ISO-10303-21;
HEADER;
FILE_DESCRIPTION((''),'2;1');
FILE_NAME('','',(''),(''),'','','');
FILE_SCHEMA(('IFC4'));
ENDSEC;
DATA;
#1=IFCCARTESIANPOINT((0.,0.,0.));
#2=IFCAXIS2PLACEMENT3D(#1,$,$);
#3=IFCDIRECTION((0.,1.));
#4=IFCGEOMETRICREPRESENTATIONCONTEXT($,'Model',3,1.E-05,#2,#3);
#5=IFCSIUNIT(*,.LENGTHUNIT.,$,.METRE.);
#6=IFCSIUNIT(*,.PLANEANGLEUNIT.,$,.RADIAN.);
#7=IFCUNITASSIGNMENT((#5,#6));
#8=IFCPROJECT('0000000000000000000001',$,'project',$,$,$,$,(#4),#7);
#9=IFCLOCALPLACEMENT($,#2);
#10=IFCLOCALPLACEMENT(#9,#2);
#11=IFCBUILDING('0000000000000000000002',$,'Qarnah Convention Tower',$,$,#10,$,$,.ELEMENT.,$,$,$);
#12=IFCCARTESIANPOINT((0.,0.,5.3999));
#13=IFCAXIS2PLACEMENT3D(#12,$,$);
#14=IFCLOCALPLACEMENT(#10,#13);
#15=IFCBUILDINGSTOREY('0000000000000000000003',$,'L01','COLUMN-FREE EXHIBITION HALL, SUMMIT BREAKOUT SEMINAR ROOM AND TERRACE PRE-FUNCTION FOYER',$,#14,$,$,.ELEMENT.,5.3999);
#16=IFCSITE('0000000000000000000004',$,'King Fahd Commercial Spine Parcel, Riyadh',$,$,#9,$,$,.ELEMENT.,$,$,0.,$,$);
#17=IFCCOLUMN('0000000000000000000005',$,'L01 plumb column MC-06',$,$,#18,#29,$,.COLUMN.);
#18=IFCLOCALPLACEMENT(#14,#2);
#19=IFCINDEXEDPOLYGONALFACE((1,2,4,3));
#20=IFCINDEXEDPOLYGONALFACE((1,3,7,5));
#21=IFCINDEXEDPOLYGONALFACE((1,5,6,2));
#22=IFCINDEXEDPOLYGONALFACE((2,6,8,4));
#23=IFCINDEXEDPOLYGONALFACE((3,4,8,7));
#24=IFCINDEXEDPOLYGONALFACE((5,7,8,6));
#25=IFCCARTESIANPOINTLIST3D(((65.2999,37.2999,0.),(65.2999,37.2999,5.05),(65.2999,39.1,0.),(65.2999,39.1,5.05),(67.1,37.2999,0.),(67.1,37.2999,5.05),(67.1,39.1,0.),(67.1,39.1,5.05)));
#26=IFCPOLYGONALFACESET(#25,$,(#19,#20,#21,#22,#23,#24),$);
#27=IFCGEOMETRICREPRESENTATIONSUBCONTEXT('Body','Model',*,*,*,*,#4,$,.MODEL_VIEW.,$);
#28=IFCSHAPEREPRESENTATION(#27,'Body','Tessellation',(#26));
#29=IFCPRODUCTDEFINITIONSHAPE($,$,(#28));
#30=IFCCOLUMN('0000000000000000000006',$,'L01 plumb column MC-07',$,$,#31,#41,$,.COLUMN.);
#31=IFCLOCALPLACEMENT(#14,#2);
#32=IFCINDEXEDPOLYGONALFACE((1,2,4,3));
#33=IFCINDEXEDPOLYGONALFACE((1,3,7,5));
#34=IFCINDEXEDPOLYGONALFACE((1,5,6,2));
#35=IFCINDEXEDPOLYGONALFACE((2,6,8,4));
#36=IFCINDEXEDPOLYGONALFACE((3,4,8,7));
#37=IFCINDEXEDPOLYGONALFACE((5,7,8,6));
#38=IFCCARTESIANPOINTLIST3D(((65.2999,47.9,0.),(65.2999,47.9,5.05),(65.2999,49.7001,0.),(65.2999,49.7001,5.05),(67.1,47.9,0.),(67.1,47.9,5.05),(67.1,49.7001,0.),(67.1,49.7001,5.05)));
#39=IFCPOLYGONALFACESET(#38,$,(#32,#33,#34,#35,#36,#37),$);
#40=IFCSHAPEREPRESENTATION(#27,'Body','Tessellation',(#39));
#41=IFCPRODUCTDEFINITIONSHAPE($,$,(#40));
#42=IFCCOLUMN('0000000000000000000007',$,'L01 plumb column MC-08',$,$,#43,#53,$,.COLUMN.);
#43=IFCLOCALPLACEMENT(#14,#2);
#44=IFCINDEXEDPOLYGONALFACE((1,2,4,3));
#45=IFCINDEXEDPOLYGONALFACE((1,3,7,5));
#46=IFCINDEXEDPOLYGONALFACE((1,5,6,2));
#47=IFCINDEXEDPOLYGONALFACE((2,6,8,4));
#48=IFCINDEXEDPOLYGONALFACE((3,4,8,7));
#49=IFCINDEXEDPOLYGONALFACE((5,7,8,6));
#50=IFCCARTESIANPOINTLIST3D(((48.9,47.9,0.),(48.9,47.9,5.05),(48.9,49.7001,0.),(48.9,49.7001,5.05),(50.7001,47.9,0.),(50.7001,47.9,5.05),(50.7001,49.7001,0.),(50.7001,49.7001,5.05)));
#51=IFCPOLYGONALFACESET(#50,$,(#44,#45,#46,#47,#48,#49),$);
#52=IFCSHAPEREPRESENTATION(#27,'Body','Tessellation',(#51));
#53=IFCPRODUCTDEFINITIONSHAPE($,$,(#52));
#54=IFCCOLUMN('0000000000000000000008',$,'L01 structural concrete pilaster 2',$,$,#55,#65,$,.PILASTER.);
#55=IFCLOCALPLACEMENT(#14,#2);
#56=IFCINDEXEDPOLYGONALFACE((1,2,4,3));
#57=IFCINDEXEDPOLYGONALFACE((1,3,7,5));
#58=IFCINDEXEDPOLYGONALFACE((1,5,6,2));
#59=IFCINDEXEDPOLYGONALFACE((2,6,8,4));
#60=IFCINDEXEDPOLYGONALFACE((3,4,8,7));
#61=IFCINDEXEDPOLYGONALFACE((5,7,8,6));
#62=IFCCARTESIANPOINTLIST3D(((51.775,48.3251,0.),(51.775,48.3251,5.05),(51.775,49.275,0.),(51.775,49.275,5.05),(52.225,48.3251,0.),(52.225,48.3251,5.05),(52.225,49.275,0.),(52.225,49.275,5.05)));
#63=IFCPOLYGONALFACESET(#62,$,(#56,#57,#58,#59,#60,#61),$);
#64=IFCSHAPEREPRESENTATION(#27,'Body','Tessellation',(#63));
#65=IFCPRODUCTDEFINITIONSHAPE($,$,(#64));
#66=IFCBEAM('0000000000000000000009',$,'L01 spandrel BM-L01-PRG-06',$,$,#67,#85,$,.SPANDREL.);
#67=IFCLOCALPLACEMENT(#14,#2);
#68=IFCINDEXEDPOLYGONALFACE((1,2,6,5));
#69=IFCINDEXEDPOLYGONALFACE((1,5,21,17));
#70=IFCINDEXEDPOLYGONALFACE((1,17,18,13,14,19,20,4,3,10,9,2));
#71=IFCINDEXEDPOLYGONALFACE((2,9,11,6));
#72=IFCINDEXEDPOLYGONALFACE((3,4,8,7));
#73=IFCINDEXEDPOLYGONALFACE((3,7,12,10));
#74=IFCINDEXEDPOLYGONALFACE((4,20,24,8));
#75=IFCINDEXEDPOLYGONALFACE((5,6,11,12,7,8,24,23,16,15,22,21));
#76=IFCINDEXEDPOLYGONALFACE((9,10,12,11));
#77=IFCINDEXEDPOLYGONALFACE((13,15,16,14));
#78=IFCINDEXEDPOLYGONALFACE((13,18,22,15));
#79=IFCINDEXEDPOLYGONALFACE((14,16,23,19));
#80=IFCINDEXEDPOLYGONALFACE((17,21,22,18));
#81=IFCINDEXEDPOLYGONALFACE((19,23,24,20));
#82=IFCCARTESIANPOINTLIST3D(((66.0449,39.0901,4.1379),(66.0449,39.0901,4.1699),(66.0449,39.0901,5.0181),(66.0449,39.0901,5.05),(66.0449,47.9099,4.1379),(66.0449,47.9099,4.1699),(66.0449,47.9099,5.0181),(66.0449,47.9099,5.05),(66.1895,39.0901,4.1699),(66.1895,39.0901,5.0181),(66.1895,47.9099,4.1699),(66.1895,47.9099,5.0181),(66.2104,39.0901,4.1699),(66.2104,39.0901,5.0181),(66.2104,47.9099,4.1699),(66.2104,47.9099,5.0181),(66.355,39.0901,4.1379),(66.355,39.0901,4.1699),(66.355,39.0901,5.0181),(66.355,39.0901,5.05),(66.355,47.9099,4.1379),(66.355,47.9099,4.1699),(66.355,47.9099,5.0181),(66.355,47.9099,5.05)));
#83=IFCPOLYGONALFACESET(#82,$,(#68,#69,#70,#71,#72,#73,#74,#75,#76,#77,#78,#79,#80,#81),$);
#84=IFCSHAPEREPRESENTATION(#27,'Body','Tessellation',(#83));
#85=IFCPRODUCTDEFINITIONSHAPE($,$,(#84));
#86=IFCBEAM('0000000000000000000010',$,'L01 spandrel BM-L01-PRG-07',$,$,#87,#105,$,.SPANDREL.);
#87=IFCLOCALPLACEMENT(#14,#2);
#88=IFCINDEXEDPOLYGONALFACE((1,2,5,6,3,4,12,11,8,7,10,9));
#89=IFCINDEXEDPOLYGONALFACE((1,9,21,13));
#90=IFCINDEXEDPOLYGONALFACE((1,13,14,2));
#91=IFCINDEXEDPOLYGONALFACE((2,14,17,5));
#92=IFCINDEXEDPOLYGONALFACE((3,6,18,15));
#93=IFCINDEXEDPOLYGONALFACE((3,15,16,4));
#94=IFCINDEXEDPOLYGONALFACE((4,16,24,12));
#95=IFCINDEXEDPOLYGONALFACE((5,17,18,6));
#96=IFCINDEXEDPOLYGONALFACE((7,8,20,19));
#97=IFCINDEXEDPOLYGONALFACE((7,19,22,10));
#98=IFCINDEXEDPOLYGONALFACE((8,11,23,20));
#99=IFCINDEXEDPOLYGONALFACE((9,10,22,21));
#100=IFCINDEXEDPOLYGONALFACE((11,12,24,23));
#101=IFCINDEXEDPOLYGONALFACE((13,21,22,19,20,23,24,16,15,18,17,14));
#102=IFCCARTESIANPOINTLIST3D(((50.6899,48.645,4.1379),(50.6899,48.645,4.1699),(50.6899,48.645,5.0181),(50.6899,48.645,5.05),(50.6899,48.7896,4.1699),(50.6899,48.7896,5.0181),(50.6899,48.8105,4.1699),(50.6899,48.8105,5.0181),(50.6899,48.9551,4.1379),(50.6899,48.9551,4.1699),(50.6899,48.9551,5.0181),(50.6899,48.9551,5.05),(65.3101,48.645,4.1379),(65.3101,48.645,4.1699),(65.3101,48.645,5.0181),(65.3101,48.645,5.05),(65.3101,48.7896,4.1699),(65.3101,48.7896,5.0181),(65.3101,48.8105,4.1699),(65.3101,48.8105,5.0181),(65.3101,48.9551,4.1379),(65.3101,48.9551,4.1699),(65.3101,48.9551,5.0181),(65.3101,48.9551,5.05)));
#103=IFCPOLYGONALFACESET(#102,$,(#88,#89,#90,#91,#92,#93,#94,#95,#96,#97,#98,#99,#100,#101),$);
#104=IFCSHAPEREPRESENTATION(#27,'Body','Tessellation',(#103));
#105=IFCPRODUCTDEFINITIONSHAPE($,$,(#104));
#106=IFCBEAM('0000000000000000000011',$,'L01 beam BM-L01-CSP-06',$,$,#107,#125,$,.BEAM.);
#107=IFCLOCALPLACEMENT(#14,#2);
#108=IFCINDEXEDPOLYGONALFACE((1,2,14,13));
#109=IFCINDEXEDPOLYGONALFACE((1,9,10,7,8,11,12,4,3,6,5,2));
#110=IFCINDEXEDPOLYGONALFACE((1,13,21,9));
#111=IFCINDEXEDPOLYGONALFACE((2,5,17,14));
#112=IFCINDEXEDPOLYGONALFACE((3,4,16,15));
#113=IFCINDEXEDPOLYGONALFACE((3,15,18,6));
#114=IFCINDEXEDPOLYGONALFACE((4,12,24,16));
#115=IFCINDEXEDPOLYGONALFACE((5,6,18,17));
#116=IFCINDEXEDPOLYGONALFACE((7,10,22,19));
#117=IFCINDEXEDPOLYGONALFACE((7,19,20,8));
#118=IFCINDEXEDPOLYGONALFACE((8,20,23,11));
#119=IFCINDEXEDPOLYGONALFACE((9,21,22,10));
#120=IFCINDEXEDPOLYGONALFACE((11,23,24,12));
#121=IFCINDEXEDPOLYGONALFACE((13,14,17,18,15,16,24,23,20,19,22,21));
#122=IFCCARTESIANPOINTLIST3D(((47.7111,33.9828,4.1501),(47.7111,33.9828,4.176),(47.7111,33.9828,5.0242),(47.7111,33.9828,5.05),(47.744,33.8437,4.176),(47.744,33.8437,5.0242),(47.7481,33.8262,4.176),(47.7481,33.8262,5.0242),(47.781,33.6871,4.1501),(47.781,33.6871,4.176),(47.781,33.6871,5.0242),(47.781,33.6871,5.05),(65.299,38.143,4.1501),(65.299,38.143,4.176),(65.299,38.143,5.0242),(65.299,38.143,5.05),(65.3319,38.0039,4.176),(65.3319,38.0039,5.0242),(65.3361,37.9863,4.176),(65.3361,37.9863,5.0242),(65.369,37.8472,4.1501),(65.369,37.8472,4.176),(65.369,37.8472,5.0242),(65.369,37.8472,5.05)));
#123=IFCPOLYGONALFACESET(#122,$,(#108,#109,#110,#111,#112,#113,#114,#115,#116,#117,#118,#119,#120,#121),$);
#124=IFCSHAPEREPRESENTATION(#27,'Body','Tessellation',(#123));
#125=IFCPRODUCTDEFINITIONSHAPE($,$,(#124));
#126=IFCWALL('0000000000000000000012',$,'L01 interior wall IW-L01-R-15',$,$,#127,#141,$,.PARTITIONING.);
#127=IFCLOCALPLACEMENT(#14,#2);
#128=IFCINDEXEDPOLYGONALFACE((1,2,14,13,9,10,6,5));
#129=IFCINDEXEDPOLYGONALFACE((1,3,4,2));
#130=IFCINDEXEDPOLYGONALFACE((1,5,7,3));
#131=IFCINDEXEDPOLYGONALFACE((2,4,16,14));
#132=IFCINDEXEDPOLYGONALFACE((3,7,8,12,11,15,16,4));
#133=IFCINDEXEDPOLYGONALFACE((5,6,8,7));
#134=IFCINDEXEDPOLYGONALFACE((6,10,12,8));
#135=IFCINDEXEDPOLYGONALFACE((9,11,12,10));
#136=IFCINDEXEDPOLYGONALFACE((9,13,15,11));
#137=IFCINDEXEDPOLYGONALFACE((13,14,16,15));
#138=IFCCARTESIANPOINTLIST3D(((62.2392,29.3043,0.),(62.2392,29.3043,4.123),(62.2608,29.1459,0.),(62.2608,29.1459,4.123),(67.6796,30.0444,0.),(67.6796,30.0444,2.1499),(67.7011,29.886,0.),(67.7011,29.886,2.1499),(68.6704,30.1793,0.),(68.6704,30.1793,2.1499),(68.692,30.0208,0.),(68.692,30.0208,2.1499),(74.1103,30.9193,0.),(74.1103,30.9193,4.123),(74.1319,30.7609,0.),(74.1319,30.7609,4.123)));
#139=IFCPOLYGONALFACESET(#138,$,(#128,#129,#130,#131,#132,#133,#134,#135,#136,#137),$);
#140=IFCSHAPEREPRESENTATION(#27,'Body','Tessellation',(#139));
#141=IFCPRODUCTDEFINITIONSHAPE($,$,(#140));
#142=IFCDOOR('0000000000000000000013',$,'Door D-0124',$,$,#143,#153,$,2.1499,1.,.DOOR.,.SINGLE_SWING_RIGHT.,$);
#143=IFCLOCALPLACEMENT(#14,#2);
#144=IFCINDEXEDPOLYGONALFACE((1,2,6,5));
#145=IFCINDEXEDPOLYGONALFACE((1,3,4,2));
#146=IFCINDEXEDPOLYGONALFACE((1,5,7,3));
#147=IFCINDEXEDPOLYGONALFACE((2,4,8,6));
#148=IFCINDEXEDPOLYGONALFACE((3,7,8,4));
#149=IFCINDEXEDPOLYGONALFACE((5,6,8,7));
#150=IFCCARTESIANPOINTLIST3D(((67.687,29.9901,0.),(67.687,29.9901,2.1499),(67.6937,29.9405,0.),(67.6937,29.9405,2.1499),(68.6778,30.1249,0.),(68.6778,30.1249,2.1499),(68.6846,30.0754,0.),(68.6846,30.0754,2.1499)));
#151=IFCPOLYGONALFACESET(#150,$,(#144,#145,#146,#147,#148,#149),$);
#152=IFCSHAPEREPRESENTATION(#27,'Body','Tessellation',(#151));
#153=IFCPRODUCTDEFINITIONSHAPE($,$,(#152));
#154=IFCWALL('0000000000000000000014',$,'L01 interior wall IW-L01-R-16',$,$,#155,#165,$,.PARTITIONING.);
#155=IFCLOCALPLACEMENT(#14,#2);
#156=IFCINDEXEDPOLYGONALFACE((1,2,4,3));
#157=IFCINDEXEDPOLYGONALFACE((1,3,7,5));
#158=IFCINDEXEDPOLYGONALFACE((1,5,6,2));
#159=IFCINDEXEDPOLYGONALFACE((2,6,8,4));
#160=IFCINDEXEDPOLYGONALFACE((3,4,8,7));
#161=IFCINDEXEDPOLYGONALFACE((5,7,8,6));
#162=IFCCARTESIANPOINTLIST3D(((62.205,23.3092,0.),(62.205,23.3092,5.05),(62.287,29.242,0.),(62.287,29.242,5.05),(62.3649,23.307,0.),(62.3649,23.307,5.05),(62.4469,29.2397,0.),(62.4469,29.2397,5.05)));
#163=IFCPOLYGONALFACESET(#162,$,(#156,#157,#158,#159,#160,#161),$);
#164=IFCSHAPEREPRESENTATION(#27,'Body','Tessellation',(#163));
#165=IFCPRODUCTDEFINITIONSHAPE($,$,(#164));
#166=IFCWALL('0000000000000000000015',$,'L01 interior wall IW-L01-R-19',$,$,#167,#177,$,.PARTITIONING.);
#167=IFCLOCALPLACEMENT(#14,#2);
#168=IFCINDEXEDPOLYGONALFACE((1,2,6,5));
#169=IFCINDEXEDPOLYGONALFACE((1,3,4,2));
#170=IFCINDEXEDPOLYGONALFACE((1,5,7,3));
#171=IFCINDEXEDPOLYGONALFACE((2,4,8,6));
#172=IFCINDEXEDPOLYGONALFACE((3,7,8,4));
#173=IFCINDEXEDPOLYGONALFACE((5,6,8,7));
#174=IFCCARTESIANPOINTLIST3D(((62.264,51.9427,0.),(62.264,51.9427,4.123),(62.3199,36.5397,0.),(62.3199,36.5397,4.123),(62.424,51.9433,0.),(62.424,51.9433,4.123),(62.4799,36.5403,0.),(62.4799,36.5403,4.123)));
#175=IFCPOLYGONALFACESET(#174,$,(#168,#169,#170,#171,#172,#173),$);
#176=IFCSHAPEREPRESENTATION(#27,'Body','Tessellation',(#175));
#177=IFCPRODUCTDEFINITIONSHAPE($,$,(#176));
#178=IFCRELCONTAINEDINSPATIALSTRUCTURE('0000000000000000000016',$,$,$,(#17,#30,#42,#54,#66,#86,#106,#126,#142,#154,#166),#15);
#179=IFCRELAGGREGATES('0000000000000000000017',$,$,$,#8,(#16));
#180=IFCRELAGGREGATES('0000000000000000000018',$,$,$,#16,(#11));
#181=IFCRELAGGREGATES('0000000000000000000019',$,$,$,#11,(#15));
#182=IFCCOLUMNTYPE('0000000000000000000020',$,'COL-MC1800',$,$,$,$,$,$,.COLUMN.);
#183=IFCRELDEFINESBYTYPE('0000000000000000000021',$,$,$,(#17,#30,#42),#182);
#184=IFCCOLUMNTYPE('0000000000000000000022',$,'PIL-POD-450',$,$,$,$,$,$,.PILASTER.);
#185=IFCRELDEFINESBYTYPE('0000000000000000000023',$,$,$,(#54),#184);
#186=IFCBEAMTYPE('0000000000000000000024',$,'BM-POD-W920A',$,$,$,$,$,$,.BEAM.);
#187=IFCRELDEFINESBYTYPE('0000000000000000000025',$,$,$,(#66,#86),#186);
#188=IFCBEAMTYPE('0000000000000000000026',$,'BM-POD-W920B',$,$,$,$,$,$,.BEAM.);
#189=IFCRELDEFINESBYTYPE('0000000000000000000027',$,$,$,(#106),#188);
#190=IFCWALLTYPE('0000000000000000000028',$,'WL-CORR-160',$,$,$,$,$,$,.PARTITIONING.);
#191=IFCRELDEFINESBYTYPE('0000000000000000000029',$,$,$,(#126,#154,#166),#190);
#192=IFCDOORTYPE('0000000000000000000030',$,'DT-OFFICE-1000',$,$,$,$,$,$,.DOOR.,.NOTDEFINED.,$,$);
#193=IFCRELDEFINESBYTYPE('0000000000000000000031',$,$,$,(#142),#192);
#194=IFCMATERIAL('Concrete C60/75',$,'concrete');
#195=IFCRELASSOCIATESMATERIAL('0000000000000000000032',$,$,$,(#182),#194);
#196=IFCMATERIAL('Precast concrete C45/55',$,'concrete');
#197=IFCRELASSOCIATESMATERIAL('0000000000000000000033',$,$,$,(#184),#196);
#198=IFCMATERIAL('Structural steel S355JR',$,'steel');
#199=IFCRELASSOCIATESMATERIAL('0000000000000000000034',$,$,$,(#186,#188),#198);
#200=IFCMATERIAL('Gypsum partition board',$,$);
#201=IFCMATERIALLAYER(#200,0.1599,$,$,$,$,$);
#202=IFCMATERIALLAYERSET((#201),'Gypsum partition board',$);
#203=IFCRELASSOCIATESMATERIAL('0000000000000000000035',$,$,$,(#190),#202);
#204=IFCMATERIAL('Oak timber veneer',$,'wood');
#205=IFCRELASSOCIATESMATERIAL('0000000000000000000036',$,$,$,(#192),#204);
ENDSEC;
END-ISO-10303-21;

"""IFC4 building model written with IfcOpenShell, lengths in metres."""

from ifc_helpers import new_model, si_unit, direction, frame, frame_2d, origin, origin_2d, place, context, subcontext, project, spatial, rectangle, i_section, extrude, material, layer, layer_set, material_profile, profile_set, type_object, element, fill, save


model = new_model("IFC4")

# Units and contexts
model_context = context("Model", 3, precision=1e-05, world=origin(), true_north=direction((0.0, 1.0)))
body_context = subcontext(model_context, "Body", "Model", "MODEL_VIEW")
ifc_project = project(units=[si_unit("LENGTHUNIT", "METRE"), si_unit("PLANEANGLEUNIT", "RADIAN")], contexts=[model_context])

# Site, building, storey
site_placement = place(None, origin())
site = spatial("IfcSite", under=ifc_project, at=site_placement, Name="King Fahd Commercial Spine Parcel, Riyadh", CompositionType="ELEMENT", RefElevation=0.0)
building_placement = place(site_placement, origin())
building = spatial("IfcBuilding", under=site, at=building_placement, Name="Qarnah Convention Tower", CompositionType="ELEMENT")
storey_placement = place(building_placement, frame((0.0, 0.0, 5.3999)))
storey = spatial("IfcBuildingStorey", under=building, at=storey_placement, Name="L01", Description="COLUMN-FREE EXHIBITION HALL, SUMMIT BREAKOUT SEMINAR ROOM AND TERRACE PRE-FUNCTION FOYER", CompositionType="ELEMENT", Elevation=5.3999)

# Columns
ifc_material_1 = material(Name="Concrete C60/75", Category="concrete")
ifc_material_profile_1 = material_profile(ifc_material_1, rectangle(XDim=1.8, YDim=1.8, at=origin_2d()), Name="RC-COL-1800X1800")
ifc_profile_set_1 = profile_set([ifc_material_profile_1], Name="Concrete C60/75")
column_type_1 = type_object("IfcColumnType", Name="COL-MC1800", PredefinedType="COLUMN", material=ifc_profile_set_1)
for number, where, z_axis, x_axis, name in (
    (1, (66.2, 38.2, 0.0), (0.0, 0.0, 1.0), (1.0, 0.0, 0.0), "L01 plumb column MC-06"),
    (2, (66.2, 48.8, 0.0), (0.0, 0.0, 1.0), (1.0, 0.0, 0.0), "L01 plumb column MC-07"),
    (3, (49.8, 48.8, 0.0), (0.0, 0.0, 1.0), (1.0, 0.0, 0.0), "L01 plumb column MC-08"),
):
    element("IfcColumn", number, at=place(storey_placement, frame(where, z_axis=z_axis, x_axis=x_axis)), inside=storey, type_object=column_type_1, Name=name, PredefinedType="COLUMN", context=body_context, shape_type="SweptSolid", body=[
        extrude(rectangle(XDim=1.8, YDim=1.8, at=origin_2d()), origin(), (0.0, 0.0, 1.0), 5.05),
    ])
ifc_material_2 = material(Name="Precast concrete C45/55", Category="concrete")
ifc_material_profile_2 = material_profile(ifc_material_2, rectangle(XDim=0.45, YDim=0.95, at=origin_2d()), Name="PC-RIB-450X950")
ifc_profile_set_2 = profile_set([ifc_material_profile_2], Name="Precast concrete C45/55")
column_type_2 = type_object("IfcColumnType", Name="PIL-POD-450", PredefinedType="PILASTER", material=ifc_profile_set_2)
column_placement = place(storey_placement, frame((52.0, 48.8, 0.0), z_axis=(0.0, 0.0, 1.0), x_axis=(1.0, 0.0, 0.0)))
element("IfcColumn", 4, at=column_placement, inside=storey, type_object=column_type_2, Name="L01 structural concrete pilaster 2", PredefinedType="PILASTER", context=body_context, shape_type="SweptSolid", body=[
    extrude(rectangle(XDim=0.45, YDim=0.95, at=origin_2d()), origin(), (0.0, 0.0, 1.0), 5.05),
])

# Beams
ifc_material_3 = material(Name="Structural steel S355JR", Category="steel")
ifc_material_profile_3 = material_profile(ifc_material_3, i_section(OverallWidth=0.3101, OverallDepth=0.9121, WebThickness=0.021, FlangeThickness=0.032, at=origin_2d()), Name="W920X342")
ifc_profile_set_3 = profile_set([ifc_material_profile_3], Name="Structural steel S355JR")
beam_type_1 = type_object("IfcBeamType", Name="BM-POD-W920A", PredefinedType="BEAM", material=ifc_profile_set_3)
beam_1_placement = place(storey_placement, frame((66.2, 39.0901, 4.594), z_axis=(0.0, 1.0, 0.0), x_axis=(-1.0, 0.0, 0.0)))
element("IfcBeam", 5, at=beam_1_placement, inside=storey, type_object=beam_type_1, Name="L01 spandrel BM-L01-PRG-06", PredefinedType="SPANDREL", context=body_context, shape_type="SweptSolid", body=[
    extrude(i_section(OverallWidth=0.3101, OverallDepth=0.9121, WebThickness=0.021, FlangeThickness=0.032, at=origin_2d()), origin(), (0.0, 0.0, 1.0), 8.8198),
])
beam_2_placement = place(storey_placement, frame((65.3101, 48.8, 4.594), z_axis=(-1.0, 0.0, 0.0), x_axis=(0.0, -1.0, 0.0)))
element("IfcBeam", 6, at=beam_2_placement, inside=storey, type_object=beam_type_1, Name="L01 spandrel BM-L01-PRG-07", PredefinedType="SPANDREL", context=body_context, shape_type="SweptSolid", body=[
    extrude(i_section(OverallWidth=0.3101, OverallDepth=0.9121, WebThickness=0.021, FlangeThickness=0.032, at=origin_2d()), origin(), (0.0, 0.0, 1.0), 14.6201),
])
ifc_material_profile_4 = material_profile(ifc_material_3, i_section(OverallWidth=0.304, OverallDepth=0.8999, WebThickness=0.0181, FlangeThickness=0.0259, at=origin_2d()), Name="W920X271")
ifc_profile_set_4 = profile_set([ifc_material_profile_4], Name="Structural steel S355JR")
beam_type_2 = type_object("IfcBeamType", Name="BM-POD-W920B", PredefinedType="BEAM", material=ifc_profile_set_4)
beam_3_placement = place(storey_placement, frame((65.334, 37.9951, 4.6001), z_axis=(-0.973147, -0.230184, 0.0), x_axis=(0.230184, -0.973147, 0.0)))
element("IfcBeam", 7, at=beam_3_placement, inside=storey, type_object=beam_type_2, Name="L01 beam BM-L01-CSP-06", PredefinedType="BEAM", context=body_context, shape_type="SweptSolid", body=[
    extrude(i_section(OverallWidth=0.304, OverallDepth=0.8999, WebThickness=0.0181, FlangeThickness=0.0259, at=origin_2d()), origin(), (0.0, 0.0, 1.0), 18.0732),
])

# Wall, opening, door
ifc_material_4 = material(Name="Gypsum partition board")
ifc_layer_1 = layer(ifc_material_4, 0.1599)
ifc_layer_set_1 = layer_set([ifc_layer_1], Name="Gypsum partition board")
wall_type_1 = type_object("IfcWallType", Name="WL-CORR-160", PredefinedType="PARTITIONING", material=ifc_layer_set_1)
wall_1_placement = place(storey_placement, frame((74.1211, 30.8401, 0.0), z_axis=(0.0, 0.0, 1.0), x_axis=(-0.990873, -0.134802, 0.0)))
wall_1 = element("IfcWall", 8, at=wall_1_placement, inside=storey, type_object=wall_type_1, Name="L01 interior wall IW-L01-R-15", PredefinedType="PARTITIONING", context=body_context, shape_type="SweptSolid", body=[
    extrude(rectangle(XDim=11.9805, YDim=0.1599, at=frame_2d((5.9902, 0.0))), origin(), (0.0, 0.0, 1.0), 4.123),
])
opening_1_placement = place(wall_1_placement, frame((5.49, 0.0, 0.0)))
opening_1 = element("IfcOpeningElement", 9, at=opening_1_placement, cuts=wall_1, PredefinedType="OPENING", context=body_context, shape_type="SweptSolid", body=[
    extrude(rectangle(XDim=1.0, YDim=2.1499, at=frame_2d((0.5, 1.075))), frame((0.0, 0.0898, 0.0), z_axis=(0.0, -1.0, 0.0), x_axis=(1.0, 0.0, 0.0)), (0.0, 0.0, 1.0), 0.1799),
])
ifc_material_5 = material(Name="Oak timber veneer", Category="wood")
door_type_1 = type_object("IfcDoorType", Name="DT-OFFICE-1000", OperationType="NOTDEFINED", PredefinedType="DOOR", material=ifc_material_5)
door_1_placement = place(opening_1_placement, origin())
door_1 = element("IfcDoor", 10, at=door_1_placement, inside=storey, type_object=door_type_1, Name="Door D-0124", OperationType="SINGLE_SWING_RIGHT", OverallHeight=2.1499, OverallWidth=1.0, PredefinedType="DOOR", context=body_context, shape_type="SweptSolid", body=[
    extrude(rectangle(XDim=1.0, YDim=2.1499, at=frame_2d((0.5, 1.075))), frame((0.0, 0.0249, 0.0), z_axis=(0.0, -1.0, 0.0), x_axis=(1.0, 0.0, 0.0)), (0.0, 0.0, 1.0), 0.05),
])
fill(opening_1, door_1)

# Walls
wall_2_placement = place(storey_placement, frame((62.3669, 29.241, 0.0), z_axis=(0.0, 0.0, 1.0), x_axis=(-0.013825, -0.999904, 0.0)))
element("IfcWall", 11, at=wall_2_placement, inside=storey, type_object=wall_type_1, Name="L01 interior wall IW-L01-R-16", PredefinedType="PARTITIONING", context=body_context, shape_type="SweptSolid", body=[
    extrude(rectangle(XDim=5.9333, YDim=0.1599, at=frame_2d((2.9668, 0.0))), origin(), (0.0, 0.0, 1.0), 5.05),
])
wall_3_placement = place(storey_placement, frame((62.344, 51.9431, 0.0), z_axis=(0.0, 0.0, 1.0), x_axis=(0.00363, -0.999993, 0.0)))
element("IfcWall", 12, at=wall_3_placement, inside=storey, type_object=wall_type_1, Name="L01 interior wall IW-L01-R-19", PredefinedType="PARTITIONING", context=body_context, shape_type="SweptSolid", body=[
    extrude(rectangle(XDim=15.4031, YDim=0.1599, at=frame_2d((7.7017, 0.0))), origin(), (0.0, 0.0, 1.0), 4.123),
])

save(model, "model.ifc")
